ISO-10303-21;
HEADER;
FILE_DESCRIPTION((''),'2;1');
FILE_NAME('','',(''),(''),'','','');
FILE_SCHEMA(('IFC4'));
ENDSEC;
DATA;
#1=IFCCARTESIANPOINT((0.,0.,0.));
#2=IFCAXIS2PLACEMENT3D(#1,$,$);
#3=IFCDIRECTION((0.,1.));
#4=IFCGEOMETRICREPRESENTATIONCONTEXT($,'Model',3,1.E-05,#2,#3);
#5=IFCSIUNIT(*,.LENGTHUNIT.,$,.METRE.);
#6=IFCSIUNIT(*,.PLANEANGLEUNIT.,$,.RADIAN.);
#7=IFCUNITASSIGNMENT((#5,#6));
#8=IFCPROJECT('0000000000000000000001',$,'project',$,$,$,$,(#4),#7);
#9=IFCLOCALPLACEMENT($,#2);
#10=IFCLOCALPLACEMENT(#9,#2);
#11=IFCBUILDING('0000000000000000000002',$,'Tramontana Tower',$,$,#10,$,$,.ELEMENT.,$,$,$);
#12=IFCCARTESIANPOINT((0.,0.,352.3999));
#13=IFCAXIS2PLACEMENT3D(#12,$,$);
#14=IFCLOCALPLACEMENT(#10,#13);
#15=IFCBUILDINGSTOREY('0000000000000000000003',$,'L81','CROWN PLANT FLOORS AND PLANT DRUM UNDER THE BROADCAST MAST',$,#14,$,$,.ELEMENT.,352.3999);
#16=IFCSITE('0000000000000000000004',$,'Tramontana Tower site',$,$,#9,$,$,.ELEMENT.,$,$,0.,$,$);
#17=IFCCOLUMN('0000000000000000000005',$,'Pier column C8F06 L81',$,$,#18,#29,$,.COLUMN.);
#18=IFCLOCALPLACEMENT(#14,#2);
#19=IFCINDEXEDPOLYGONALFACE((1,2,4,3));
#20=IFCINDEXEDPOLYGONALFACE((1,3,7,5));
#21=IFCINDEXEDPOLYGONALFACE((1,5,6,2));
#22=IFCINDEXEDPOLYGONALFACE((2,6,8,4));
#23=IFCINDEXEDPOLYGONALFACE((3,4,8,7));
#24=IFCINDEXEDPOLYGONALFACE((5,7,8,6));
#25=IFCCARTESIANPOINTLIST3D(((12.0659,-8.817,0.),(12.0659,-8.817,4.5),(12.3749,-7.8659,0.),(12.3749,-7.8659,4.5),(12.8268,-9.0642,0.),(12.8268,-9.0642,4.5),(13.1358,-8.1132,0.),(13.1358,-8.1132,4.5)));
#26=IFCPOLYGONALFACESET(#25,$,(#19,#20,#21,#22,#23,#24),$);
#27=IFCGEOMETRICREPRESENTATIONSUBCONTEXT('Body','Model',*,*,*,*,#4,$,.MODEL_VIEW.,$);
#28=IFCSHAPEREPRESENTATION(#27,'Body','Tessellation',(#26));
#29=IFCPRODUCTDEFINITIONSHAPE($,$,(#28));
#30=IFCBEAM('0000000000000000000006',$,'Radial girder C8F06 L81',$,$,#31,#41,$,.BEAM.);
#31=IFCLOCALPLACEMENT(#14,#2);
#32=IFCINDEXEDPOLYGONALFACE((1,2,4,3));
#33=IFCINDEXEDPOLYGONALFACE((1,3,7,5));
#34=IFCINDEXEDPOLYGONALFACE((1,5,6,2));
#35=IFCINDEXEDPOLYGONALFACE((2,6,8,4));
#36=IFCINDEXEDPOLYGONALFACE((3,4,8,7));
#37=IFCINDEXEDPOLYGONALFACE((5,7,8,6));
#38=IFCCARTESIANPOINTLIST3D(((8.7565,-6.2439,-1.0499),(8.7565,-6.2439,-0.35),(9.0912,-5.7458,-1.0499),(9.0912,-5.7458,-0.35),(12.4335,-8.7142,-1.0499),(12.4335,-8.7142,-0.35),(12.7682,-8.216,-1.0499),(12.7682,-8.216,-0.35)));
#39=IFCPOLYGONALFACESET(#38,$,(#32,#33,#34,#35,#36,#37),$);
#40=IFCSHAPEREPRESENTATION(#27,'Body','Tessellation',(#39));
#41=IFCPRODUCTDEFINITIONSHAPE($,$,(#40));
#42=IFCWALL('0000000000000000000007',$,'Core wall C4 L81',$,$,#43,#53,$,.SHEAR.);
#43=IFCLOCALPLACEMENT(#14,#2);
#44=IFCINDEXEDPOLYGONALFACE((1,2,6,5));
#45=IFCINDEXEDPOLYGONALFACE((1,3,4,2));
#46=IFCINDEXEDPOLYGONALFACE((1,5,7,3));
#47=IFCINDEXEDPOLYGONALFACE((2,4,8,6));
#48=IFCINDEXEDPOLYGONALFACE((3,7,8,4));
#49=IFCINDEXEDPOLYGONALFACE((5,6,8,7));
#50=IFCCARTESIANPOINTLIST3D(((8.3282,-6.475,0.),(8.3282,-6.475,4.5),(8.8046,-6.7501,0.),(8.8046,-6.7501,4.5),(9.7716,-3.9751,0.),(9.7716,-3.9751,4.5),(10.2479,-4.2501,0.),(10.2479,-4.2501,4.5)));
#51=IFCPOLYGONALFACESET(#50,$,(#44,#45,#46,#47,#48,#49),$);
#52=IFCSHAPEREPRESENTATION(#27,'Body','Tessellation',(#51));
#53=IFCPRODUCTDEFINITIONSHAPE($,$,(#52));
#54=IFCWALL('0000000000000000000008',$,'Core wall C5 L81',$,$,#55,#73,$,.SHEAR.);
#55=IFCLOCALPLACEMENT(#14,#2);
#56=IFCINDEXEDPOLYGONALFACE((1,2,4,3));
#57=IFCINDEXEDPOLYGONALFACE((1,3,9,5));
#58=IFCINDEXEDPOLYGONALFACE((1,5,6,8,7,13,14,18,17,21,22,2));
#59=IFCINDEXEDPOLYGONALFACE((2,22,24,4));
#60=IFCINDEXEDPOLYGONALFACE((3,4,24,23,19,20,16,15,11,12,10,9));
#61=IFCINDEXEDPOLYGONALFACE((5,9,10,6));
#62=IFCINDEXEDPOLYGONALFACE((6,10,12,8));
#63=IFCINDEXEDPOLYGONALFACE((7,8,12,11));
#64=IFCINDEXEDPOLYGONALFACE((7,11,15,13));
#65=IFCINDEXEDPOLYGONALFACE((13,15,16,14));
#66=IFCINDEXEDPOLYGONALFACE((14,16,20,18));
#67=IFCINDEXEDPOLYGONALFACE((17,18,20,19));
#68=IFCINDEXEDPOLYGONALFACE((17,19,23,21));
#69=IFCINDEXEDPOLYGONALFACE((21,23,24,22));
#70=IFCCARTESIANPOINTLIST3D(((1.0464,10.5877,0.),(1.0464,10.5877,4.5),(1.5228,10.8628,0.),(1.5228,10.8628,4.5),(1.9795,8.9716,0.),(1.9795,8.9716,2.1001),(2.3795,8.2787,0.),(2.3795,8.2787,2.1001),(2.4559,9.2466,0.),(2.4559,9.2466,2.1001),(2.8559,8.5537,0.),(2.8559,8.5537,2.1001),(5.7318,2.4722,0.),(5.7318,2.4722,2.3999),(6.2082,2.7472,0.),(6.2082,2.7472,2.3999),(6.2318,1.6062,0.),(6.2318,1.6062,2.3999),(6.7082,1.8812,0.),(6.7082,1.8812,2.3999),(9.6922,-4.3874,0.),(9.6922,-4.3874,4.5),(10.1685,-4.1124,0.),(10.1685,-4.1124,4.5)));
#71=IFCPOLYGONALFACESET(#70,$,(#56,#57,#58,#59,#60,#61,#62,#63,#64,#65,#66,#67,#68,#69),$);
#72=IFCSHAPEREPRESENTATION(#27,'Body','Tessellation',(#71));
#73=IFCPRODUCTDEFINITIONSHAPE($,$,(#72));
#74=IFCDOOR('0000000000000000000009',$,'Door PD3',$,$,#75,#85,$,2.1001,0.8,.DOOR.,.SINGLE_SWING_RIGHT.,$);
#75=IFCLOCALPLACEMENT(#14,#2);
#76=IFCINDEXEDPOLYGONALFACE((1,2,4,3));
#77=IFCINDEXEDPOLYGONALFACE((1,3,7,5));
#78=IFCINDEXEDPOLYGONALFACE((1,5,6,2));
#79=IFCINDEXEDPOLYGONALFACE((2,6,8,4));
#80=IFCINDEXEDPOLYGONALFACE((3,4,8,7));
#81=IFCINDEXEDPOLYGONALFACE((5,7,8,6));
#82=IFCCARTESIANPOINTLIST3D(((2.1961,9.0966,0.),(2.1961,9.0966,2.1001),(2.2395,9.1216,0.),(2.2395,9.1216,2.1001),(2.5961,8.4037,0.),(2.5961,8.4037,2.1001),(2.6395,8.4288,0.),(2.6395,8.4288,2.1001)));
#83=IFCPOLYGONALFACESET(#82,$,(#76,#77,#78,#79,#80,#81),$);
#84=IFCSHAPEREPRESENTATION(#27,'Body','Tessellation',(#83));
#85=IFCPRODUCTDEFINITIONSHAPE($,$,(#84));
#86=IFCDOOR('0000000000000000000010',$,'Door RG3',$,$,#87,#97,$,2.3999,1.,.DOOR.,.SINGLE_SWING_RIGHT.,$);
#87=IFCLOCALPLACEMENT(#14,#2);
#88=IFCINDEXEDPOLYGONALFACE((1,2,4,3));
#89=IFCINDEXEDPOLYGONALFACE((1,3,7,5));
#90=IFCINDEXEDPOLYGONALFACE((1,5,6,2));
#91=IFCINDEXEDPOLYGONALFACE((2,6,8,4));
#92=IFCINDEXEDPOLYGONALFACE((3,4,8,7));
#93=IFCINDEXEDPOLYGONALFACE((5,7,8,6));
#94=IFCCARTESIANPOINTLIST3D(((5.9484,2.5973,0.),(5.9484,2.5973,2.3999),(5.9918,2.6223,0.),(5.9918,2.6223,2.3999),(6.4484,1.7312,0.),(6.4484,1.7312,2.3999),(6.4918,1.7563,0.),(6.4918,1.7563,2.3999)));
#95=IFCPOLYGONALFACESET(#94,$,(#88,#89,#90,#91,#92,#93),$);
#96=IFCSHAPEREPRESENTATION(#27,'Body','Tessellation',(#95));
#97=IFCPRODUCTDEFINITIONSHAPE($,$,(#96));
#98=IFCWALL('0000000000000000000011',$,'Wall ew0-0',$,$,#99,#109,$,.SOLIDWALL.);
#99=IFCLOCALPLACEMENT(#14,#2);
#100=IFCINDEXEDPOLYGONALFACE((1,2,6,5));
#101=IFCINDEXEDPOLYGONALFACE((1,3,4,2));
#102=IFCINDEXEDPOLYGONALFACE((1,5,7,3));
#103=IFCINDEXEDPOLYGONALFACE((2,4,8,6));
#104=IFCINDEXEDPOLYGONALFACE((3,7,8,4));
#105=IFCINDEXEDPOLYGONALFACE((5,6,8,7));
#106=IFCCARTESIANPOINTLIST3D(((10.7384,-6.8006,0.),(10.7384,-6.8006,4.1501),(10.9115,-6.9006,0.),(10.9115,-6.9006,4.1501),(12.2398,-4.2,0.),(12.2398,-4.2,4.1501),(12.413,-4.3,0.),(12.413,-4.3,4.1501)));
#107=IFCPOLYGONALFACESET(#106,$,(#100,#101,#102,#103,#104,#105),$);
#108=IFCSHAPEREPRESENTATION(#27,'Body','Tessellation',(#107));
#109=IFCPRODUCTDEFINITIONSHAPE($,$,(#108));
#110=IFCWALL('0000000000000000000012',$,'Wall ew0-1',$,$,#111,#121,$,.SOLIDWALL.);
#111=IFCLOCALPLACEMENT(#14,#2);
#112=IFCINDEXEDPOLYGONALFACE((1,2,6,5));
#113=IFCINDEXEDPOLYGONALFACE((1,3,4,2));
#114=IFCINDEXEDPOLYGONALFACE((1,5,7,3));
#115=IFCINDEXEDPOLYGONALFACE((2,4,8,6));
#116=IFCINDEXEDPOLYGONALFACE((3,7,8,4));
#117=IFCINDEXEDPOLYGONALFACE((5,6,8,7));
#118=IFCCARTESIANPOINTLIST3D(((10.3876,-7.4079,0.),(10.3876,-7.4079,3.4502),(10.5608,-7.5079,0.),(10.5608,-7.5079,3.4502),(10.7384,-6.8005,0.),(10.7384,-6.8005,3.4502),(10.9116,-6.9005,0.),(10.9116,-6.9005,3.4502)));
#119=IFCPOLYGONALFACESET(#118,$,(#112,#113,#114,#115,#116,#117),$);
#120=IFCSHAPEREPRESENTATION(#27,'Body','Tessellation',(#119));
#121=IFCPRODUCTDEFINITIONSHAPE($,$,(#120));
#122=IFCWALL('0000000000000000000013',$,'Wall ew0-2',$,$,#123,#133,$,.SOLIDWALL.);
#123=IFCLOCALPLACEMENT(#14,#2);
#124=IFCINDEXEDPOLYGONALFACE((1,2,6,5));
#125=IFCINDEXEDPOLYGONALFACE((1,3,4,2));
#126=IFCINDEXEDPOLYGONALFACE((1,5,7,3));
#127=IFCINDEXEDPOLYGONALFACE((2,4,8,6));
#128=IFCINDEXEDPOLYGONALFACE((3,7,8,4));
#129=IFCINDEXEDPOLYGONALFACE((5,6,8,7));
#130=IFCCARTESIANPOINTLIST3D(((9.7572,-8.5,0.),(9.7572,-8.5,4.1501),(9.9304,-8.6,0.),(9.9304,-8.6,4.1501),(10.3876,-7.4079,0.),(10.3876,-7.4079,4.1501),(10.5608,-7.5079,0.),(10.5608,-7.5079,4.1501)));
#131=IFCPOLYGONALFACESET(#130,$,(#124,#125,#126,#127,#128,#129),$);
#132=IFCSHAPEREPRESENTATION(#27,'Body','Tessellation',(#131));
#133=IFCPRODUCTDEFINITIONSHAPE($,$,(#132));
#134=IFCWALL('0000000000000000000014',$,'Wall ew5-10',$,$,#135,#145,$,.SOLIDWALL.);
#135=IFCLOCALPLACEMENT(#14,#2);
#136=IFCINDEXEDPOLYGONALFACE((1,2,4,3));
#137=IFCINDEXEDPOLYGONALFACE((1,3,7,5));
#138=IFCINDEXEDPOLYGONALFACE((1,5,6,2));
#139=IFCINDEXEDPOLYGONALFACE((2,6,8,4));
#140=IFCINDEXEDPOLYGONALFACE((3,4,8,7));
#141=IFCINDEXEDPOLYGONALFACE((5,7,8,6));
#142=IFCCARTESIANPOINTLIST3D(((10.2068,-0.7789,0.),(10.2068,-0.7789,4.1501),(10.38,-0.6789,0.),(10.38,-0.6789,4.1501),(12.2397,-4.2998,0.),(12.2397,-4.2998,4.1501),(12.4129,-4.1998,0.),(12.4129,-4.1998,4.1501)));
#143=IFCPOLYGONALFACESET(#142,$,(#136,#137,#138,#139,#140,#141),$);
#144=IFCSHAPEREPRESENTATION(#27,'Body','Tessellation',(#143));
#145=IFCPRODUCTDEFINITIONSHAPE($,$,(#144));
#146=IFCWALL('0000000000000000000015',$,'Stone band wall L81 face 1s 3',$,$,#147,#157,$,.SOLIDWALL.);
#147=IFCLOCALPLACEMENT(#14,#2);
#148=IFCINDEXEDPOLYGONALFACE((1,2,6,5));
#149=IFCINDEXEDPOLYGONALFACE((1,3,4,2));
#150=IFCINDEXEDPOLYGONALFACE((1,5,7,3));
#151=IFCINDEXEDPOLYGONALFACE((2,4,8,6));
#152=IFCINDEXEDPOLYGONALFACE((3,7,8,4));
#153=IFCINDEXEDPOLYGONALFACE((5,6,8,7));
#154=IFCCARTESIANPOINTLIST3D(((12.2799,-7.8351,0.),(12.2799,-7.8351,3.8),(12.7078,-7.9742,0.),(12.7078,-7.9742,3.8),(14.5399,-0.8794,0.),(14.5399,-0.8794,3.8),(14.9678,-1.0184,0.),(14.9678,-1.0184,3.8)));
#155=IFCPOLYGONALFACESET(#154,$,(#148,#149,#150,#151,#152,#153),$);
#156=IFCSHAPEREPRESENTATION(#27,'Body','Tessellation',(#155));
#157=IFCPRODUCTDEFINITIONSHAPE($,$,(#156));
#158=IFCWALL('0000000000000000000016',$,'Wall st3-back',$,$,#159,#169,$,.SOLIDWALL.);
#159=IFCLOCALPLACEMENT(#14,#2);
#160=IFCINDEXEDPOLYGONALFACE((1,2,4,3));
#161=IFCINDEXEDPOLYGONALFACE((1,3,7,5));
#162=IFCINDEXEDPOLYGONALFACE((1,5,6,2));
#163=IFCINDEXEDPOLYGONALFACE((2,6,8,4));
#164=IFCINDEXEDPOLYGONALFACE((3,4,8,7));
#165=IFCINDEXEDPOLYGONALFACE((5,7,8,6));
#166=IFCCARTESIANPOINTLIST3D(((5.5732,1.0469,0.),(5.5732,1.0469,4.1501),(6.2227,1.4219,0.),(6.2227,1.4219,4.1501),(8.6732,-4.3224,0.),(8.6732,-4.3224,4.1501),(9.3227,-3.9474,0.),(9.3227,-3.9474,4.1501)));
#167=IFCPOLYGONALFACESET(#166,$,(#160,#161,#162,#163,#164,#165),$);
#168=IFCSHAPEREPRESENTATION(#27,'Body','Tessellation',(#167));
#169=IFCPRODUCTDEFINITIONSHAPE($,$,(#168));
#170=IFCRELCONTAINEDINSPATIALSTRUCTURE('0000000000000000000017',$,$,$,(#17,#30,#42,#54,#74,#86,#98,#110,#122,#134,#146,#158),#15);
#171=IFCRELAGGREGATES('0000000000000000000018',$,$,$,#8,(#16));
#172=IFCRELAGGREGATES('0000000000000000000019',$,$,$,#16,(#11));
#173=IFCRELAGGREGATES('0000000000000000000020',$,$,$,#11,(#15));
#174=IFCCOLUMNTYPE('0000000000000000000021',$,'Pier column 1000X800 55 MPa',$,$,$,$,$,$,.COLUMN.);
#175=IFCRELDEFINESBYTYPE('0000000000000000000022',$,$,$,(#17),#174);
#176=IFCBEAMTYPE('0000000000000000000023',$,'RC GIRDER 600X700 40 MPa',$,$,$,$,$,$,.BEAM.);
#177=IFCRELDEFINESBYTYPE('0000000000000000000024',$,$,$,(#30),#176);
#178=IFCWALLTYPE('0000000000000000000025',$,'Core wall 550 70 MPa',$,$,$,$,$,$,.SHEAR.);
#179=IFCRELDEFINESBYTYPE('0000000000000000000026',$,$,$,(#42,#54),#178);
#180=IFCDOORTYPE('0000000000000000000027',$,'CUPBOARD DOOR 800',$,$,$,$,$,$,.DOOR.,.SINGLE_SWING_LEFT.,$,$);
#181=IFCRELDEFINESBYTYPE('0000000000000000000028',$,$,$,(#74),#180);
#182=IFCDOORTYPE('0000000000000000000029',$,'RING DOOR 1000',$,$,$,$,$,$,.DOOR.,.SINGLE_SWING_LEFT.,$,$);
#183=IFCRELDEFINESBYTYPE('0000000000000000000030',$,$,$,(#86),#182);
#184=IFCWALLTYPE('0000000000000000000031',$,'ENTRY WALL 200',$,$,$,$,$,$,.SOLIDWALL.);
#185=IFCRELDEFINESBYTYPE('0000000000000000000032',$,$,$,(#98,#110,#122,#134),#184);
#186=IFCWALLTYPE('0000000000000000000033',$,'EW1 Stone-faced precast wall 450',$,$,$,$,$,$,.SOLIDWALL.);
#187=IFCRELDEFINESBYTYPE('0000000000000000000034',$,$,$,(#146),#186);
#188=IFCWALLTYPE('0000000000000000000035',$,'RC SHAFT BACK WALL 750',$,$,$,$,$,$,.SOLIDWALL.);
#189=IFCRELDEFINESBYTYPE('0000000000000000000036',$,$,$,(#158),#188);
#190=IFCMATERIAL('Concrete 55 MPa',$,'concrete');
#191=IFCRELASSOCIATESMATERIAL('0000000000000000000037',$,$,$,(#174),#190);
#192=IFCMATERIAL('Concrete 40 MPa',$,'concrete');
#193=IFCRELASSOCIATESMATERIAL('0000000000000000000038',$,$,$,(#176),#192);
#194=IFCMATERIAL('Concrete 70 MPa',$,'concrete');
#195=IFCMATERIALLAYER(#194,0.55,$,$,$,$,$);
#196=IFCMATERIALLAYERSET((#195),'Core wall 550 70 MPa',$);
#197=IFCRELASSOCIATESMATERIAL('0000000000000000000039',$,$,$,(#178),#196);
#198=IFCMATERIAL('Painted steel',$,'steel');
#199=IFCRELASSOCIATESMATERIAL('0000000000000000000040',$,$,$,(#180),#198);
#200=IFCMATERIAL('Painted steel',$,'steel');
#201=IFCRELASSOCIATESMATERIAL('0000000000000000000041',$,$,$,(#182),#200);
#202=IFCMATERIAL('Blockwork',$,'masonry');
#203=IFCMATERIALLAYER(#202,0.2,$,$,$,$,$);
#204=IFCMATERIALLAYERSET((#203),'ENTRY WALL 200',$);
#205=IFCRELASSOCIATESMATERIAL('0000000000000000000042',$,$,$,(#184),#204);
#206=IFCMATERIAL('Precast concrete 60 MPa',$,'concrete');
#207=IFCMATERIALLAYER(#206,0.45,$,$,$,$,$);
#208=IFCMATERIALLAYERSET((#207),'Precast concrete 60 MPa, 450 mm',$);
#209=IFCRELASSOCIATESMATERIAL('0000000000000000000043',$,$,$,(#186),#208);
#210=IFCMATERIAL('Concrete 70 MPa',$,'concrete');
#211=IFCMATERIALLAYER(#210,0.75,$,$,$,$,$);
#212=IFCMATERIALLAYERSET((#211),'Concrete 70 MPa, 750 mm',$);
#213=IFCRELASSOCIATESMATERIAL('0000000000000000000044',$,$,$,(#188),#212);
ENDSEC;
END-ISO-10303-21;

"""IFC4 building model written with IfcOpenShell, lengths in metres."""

from ifc_helpers import new_model, si_unit, direction, frame, frame_2d, origin, origin_2d, place, context, subcontext, project, spatial, rectangle, extrude, material, layer, layer_set, material_profile, profile_set, type_object, element, fill, save


model = new_model("IFC4")

# Units and contexts
model_context = context("Model", 3, precision=1e-05, world=origin(), true_north=direction((0.0, 1.0)))
body_context = subcontext(model_context, "Body", "Model", "MODEL_VIEW")
ifc_project = project(units=[si_unit("LENGTHUNIT", "METRE"), si_unit("PLANEANGLEUNIT", "RADIAN")], contexts=[model_context])

# Site, building, storey
site_placement = place(None, origin())
site = spatial("IfcSite", under=ifc_project, at=site_placement, Name="Tramontana Tower site", CompositionType="ELEMENT", RefElevation=0.0)
building_placement = place(site_placement, origin())
building = spatial("IfcBuilding", under=site, at=building_placement, Name="Tramontana Tower", CompositionType="ELEMENT")
storey_placement = place(building_placement, frame((0.0, 0.0, 352.3999)))
storey = spatial("IfcBuildingStorey", under=building, at=storey_placement, Name="L81", Description="CROWN PLANT FLOORS AND PLANT DRUM UNDER THE BROADCAST MAST", CompositionType="ELEMENT", Elevation=352.3999)

# Column
ifc_material_1 = material(Name="Concrete 55 MPa", Category="concrete")
ifc_material_profile_1 = material_profile(ifc_material_1, rectangle(XDim=1.0, YDim=0.8, at=origin_2d()), Name="Pier column 1000X800 55 MPa")
ifc_profile_set_1 = profile_set([ifc_material_profile_1], Name="Concrete 55 MPa")
column_type = type_object("IfcColumnType", Name="Pier column 1000X800 55 MPa", PredefinedType="COLUMN", material=ifc_profile_set_1)
column_placement = place(storey_placement, frame((12.6008, -8.4651, 0.0), z_axis=(0.0, 0.0, 1.0), x_axis=(0.309017, 0.951057, 0.0)))
element("IfcColumn", 1, at=column_placement, inside=storey, type_object=column_type, Name="Pier column C8F06 L81", PredefinedType="COLUMN", context=body_context, shape_type="SweptSolid", body=[
    extrude(rectangle(XDim=1.0, YDim=0.8, at=origin_2d()), origin(), (0.0, 0.0, 1.0), 4.5),
])

# Beam
ifc_material_2 = material(Name="Concrete 40 MPa", Category="concrete")
ifc_material_profile_2 = material_profile(ifc_material_2, rectangle(XDim=0.6001, YDim=0.7, at=origin_2d()), Name="RC GIRDER 600X700 40 MPa")
ifc_profile_set_2 = profile_set([ifc_material_profile_2], Name="Concrete 40 MPa")
beam_type = type_object("IfcBeamType", Name="RC GIRDER 600X700 40 MPa", PredefinedType="BEAM", material=ifc_profile_set_2)
beam_placement = place(storey_placement, frame((12.6008, -8.4651, -0.7), z_axis=(-0.830078, 0.557647, 0.0), x_axis=(-0.557647, -0.830078, 0.0)))
element("IfcBeam", 2, at=beam_placement, inside=storey, type_object=beam_type, Name="Radial girder C8F06 L81", PredefinedType="BEAM", context=body_context, shape_type="SweptSolid", body=[
    extrude(rectangle(XDim=0.6001, YDim=0.7, at=origin_2d()), origin(), (0.0, 0.0, 1.0), 4.4297),
])

# Wall
ifc_material_3 = material(Name="Concrete 70 MPa", Category="concrete")
ifc_layer_1 = layer(ifc_material_3, 0.55)
ifc_layer_set_1 = layer_set([ifc_layer_1], Name="Core wall 550 70 MPa")
wall_type_1 = type_object("IfcWallType", Name="Core wall 550 70 MPa", PredefinedType="SHEAR", material=ifc_layer_set_1)
wall_1_placement = place(storey_placement, frame((8.5664, -6.6125, 0.0), z_axis=(0.0, 0.0, 1.0), x_axis=(0.499996, 0.866028, 0.0)))
element("IfcWall", 3, at=wall_1_placement, inside=storey, type_object=wall_type_1, Name="Core wall C4 L81", PredefinedType="SHEAR", context=body_context, shape_type="SweptSolid", body=[
    extrude(rectangle(XDim=2.8867, YDim=0.55, at=frame_2d((1.4434, 0.0))), origin(), (0.0, 0.0, 1.0), 4.5),
])

# Wall, openings, doors
wall_2_placement = place(storey_placement, frame((9.9304, -4.25, 0.0), z_axis=(0.0, 0.0, 1.0), x_axis=(-0.499995, 0.866029, 0.0)))
wall_2 = element("IfcWall", 4, at=wall_2_placement, inside=storey, type_object=wall_type_1, Name="Core wall C5 L81", PredefinedType="SHEAR", context=body_context, shape_type="SweptSolid", body=[
    extrude(rectangle(XDim=17.2917, YDim=0.55, at=frame_2d((8.646, 0.0))), origin(), (0.0, 0.0, 1.0), 4.5),
])
opening_1_placement = place(wall_2_placement, frame((6.9209, 0.0, 0.0)))
opening_1 = element("IfcOpeningElement", 5, at=opening_1_placement, cuts=wall_2, PredefinedType="OPENING", context=body_context, shape_type="SweptSolid", body=[
    extrude(rectangle(XDim=1.0, YDim=2.3999, at=frame_2d((0.5, 1.2))), frame((0.0, 0.2849, 0.0), z_axis=(0.0, -1.0, 0.0), x_axis=(1.0, 0.0, 0.0)), (0.0, 0.0, 1.0), 0.5701),
])
opening_2_placement = place(wall_2_placement, frame((14.6257, 0.0, 0.0)))
opening_2 = element("IfcOpeningElement", 6, at=opening_2_placement, cuts=wall_2, PredefinedType="OPENING", context=body_context, shape_type="SweptSolid", body=[
    extrude(rectangle(XDim=0.8, YDim=2.1001, at=frame_2d((0.3999, 1.05))), frame((0.0, 0.2849, 0.0), z_axis=(0.0, -1.0, 0.0), x_axis=(1.0, 0.0, 0.0)), (0.0, 0.0, 1.0), 0.5701),
])
ifc_material_4 = material(Name="Painted steel", Category="steel")
door_type_1 = type_object("IfcDoorType", Name="CUPBOARD DOOR 800", OperationType="SINGLE_SWING_LEFT", PredefinedType="DOOR", material=ifc_material_4)
door_1_placement = place(opening_2_placement, origin())
door_1 = element("IfcDoor", 7, at=door_1_placement, inside=storey, type_object=door_type_1, Name="Door PD3", OperationType="SINGLE_SWING_RIGHT", OverallHeight=2.1001, OverallWidth=0.8, PredefinedType="DOOR", context=body_context, shape_type="SweptSolid", body=[
    extrude(rectangle(XDim=0.8, YDim=2.1001, at=frame_2d((0.3999, 1.05))), frame((0.0, 0.0249, 0.0), z_axis=(0.0, -1.0, 0.0), x_axis=(1.0, 0.0, 0.0)), (0.0, 0.0, 1.0), 0.05),
])
fill(opening_2, door_1)
ifc_material_5 = material(Name="Painted steel", Category="steel")
door_type_2 = type_object("IfcDoorType", Name="RING DOOR 1000", OperationType="SINGLE_SWING_LEFT", PredefinedType="DOOR", material=ifc_material_5)
door_2_placement = place(opening_1_placement, origin())
door_2 = element("IfcDoor", 8, at=door_2_placement, inside=storey, type_object=door_type_2, Name="Door RG3", OperationType="SINGLE_SWING_RIGHT", OverallHeight=2.3999, OverallWidth=1.0, PredefinedType="DOOR", context=body_context, shape_type="SweptSolid", body=[
    extrude(rectangle(XDim=1.0, YDim=2.3999, at=frame_2d((0.5, 1.2))), frame((0.0, 0.0249, 0.0), z_axis=(0.0, -1.0, 0.0), x_axis=(1.0, 0.0, 0.0)), (0.0, 0.0, 1.0), 0.05),
])
fill(opening_1, door_2)

# Walls
ifc_material_6 = material(Name="Blockwork", Category="masonry")
ifc_layer_2 = layer(ifc_material_6, 0.2)
ifc_layer_set_2 = layer_set([ifc_layer_2], Name="ENTRY WALL 200")
wall_type_2 = type_object("IfcWallType", Name="ENTRY WALL 200", PredefinedType="SOLIDWALL", material=ifc_layer_set_2)
wall_3_placement = place(storey_placement, frame((12.3264, -4.25, 0.0), z_axis=(0.0, 0.0, 1.0), x_axis=(-0.500004, -0.866023, 0.0)))
element("IfcWall", 9, at=wall_3_placement, inside=storey, type_object=wall_type_2, Name="Wall ew0-0", PredefinedType="SOLIDWALL", context=body_context, shape_type="SweptSolid", body=[
    extrude(rectangle(XDim=3.0029, YDim=0.2, at=frame_2d((1.5015, 0.0))), origin(), (0.0, 0.0, 1.0), 4.1501),
])
wall_4_placement = place(storey_placement, frame((10.825, -6.8506, 0.0), z_axis=(0.0, 0.0, 1.0), x_axis=(-0.500144, -0.865942, 0.0)))
element("IfcWall", 10, at=wall_4_placement, inside=storey, type_object=wall_type_2, Name="Wall ew0-1", PredefinedType="SOLIDWALL", context=body_context, shape_type="SweptSolid", body=[
    extrude(rectangle(XDim=0.7014, YDim=0.2, at=frame_2d((0.3506, 0.0))), origin(), (0.0, 0.0, 1.0), 3.4502),
])
wall_5_placement = place(storey_placement, frame((10.4741, -7.458, 0.0), z_axis=(0.0, 0.0, 1.0), x_axis=(-0.499929, -0.866066, 0.0)))
element("IfcWall", 11, at=wall_5_placement, inside=storey, type_object=wall_type_2, Name="Wall ew0-2", PredefinedType="SOLIDWALL", context=body_context, shape_type="SweptSolid", body=[
    extrude(rectangle(XDim=1.261, YDim=0.2, at=frame_2d((0.6304, 0.0))), origin(), (0.0, 0.0, 1.0), 4.1501),
])
wall_6_placement = place(storey_placement, frame((10.2935, -0.729, 0.0), z_axis=(0.0, 0.0, 1.0), x_axis=(0.50002, -0.866014, 0.0)))
element("IfcWall", 12, at=wall_6_placement, inside=storey, type_object=wall_type_2, Name="Wall ew5-10", PredefinedType="SOLIDWALL", context=body_context, shape_type="SweptSolid", body=[
    extrude(rectangle(XDim=4.0657, YDim=0.2, at=frame_2d((2.0327, 0.0))), origin(), (0.0, 0.0, 1.0), 4.1501),
])
ifc_material_7 = material(Name="Precast concrete 60 MPa", Category="concrete")
ifc_layer_3 = layer(ifc_material_7, 0.45)
ifc_layer_set_3 = layer_set([ifc_layer_3], Name="Precast concrete 60 MPa, 450 mm")
wall_type_3 = type_object("IfcWallType", Name="EW1 Stone-faced precast wall 450", PredefinedType="SOLIDWALL", material=ifc_layer_set_3)
wall_7_placement = place(storey_placement, frame((12.4939, -7.9045, 0.0), z_axis=(0.0, 0.0, 1.0), x_axis=(0.309008, 0.951059, 0.0)))
element("IfcWall", 13, at=wall_7_placement, inside=storey, type_object=wall_type_3, Name="Stone band wall L81 face 1s 3", PredefinedType="SOLIDWALL", context=body_context, shape_type="SweptSolid", body=[
    extrude(rectangle(XDim=7.3137, YDim=0.45, at=frame_2d((3.6567, 0.0))), origin(), (0.0, 0.0, 1.0), 3.8),
])
ifc_material_8 = material(Name="Concrete 70 MPa", Category="concrete")
ifc_layer_4 = layer(ifc_material_8, 0.75)
ifc_layer_set_4 = layer_set([ifc_layer_4], Name="Concrete 70 MPa, 750 mm")
wall_type_4 = type_object("IfcWallType", Name="RC SHAFT BACK WALL 750", PredefinedType="SOLIDWALL", material=ifc_layer_set_4)
wall_8_placement = place(storey_placement, frame((8.998, -4.135, 0.0), z_axis=(0.0, 0.0, 1.0), x_axis=(-0.50001, 0.86602, 0.0)))
element("IfcWall", 14, at=wall_8_placement, inside=storey, type_object=wall_type_4, Name="Wall st3-back", PredefinedType="SOLIDWALL", context=body_context, shape_type="SweptSolid", body=[
    extrude(rectangle(XDim=6.2, YDim=0.75, at=frame_2d((3.1001, 0.0))), origin(), (0.0, 0.0, 1.0), 4.1501),
])

save(model, "model.ifc")
